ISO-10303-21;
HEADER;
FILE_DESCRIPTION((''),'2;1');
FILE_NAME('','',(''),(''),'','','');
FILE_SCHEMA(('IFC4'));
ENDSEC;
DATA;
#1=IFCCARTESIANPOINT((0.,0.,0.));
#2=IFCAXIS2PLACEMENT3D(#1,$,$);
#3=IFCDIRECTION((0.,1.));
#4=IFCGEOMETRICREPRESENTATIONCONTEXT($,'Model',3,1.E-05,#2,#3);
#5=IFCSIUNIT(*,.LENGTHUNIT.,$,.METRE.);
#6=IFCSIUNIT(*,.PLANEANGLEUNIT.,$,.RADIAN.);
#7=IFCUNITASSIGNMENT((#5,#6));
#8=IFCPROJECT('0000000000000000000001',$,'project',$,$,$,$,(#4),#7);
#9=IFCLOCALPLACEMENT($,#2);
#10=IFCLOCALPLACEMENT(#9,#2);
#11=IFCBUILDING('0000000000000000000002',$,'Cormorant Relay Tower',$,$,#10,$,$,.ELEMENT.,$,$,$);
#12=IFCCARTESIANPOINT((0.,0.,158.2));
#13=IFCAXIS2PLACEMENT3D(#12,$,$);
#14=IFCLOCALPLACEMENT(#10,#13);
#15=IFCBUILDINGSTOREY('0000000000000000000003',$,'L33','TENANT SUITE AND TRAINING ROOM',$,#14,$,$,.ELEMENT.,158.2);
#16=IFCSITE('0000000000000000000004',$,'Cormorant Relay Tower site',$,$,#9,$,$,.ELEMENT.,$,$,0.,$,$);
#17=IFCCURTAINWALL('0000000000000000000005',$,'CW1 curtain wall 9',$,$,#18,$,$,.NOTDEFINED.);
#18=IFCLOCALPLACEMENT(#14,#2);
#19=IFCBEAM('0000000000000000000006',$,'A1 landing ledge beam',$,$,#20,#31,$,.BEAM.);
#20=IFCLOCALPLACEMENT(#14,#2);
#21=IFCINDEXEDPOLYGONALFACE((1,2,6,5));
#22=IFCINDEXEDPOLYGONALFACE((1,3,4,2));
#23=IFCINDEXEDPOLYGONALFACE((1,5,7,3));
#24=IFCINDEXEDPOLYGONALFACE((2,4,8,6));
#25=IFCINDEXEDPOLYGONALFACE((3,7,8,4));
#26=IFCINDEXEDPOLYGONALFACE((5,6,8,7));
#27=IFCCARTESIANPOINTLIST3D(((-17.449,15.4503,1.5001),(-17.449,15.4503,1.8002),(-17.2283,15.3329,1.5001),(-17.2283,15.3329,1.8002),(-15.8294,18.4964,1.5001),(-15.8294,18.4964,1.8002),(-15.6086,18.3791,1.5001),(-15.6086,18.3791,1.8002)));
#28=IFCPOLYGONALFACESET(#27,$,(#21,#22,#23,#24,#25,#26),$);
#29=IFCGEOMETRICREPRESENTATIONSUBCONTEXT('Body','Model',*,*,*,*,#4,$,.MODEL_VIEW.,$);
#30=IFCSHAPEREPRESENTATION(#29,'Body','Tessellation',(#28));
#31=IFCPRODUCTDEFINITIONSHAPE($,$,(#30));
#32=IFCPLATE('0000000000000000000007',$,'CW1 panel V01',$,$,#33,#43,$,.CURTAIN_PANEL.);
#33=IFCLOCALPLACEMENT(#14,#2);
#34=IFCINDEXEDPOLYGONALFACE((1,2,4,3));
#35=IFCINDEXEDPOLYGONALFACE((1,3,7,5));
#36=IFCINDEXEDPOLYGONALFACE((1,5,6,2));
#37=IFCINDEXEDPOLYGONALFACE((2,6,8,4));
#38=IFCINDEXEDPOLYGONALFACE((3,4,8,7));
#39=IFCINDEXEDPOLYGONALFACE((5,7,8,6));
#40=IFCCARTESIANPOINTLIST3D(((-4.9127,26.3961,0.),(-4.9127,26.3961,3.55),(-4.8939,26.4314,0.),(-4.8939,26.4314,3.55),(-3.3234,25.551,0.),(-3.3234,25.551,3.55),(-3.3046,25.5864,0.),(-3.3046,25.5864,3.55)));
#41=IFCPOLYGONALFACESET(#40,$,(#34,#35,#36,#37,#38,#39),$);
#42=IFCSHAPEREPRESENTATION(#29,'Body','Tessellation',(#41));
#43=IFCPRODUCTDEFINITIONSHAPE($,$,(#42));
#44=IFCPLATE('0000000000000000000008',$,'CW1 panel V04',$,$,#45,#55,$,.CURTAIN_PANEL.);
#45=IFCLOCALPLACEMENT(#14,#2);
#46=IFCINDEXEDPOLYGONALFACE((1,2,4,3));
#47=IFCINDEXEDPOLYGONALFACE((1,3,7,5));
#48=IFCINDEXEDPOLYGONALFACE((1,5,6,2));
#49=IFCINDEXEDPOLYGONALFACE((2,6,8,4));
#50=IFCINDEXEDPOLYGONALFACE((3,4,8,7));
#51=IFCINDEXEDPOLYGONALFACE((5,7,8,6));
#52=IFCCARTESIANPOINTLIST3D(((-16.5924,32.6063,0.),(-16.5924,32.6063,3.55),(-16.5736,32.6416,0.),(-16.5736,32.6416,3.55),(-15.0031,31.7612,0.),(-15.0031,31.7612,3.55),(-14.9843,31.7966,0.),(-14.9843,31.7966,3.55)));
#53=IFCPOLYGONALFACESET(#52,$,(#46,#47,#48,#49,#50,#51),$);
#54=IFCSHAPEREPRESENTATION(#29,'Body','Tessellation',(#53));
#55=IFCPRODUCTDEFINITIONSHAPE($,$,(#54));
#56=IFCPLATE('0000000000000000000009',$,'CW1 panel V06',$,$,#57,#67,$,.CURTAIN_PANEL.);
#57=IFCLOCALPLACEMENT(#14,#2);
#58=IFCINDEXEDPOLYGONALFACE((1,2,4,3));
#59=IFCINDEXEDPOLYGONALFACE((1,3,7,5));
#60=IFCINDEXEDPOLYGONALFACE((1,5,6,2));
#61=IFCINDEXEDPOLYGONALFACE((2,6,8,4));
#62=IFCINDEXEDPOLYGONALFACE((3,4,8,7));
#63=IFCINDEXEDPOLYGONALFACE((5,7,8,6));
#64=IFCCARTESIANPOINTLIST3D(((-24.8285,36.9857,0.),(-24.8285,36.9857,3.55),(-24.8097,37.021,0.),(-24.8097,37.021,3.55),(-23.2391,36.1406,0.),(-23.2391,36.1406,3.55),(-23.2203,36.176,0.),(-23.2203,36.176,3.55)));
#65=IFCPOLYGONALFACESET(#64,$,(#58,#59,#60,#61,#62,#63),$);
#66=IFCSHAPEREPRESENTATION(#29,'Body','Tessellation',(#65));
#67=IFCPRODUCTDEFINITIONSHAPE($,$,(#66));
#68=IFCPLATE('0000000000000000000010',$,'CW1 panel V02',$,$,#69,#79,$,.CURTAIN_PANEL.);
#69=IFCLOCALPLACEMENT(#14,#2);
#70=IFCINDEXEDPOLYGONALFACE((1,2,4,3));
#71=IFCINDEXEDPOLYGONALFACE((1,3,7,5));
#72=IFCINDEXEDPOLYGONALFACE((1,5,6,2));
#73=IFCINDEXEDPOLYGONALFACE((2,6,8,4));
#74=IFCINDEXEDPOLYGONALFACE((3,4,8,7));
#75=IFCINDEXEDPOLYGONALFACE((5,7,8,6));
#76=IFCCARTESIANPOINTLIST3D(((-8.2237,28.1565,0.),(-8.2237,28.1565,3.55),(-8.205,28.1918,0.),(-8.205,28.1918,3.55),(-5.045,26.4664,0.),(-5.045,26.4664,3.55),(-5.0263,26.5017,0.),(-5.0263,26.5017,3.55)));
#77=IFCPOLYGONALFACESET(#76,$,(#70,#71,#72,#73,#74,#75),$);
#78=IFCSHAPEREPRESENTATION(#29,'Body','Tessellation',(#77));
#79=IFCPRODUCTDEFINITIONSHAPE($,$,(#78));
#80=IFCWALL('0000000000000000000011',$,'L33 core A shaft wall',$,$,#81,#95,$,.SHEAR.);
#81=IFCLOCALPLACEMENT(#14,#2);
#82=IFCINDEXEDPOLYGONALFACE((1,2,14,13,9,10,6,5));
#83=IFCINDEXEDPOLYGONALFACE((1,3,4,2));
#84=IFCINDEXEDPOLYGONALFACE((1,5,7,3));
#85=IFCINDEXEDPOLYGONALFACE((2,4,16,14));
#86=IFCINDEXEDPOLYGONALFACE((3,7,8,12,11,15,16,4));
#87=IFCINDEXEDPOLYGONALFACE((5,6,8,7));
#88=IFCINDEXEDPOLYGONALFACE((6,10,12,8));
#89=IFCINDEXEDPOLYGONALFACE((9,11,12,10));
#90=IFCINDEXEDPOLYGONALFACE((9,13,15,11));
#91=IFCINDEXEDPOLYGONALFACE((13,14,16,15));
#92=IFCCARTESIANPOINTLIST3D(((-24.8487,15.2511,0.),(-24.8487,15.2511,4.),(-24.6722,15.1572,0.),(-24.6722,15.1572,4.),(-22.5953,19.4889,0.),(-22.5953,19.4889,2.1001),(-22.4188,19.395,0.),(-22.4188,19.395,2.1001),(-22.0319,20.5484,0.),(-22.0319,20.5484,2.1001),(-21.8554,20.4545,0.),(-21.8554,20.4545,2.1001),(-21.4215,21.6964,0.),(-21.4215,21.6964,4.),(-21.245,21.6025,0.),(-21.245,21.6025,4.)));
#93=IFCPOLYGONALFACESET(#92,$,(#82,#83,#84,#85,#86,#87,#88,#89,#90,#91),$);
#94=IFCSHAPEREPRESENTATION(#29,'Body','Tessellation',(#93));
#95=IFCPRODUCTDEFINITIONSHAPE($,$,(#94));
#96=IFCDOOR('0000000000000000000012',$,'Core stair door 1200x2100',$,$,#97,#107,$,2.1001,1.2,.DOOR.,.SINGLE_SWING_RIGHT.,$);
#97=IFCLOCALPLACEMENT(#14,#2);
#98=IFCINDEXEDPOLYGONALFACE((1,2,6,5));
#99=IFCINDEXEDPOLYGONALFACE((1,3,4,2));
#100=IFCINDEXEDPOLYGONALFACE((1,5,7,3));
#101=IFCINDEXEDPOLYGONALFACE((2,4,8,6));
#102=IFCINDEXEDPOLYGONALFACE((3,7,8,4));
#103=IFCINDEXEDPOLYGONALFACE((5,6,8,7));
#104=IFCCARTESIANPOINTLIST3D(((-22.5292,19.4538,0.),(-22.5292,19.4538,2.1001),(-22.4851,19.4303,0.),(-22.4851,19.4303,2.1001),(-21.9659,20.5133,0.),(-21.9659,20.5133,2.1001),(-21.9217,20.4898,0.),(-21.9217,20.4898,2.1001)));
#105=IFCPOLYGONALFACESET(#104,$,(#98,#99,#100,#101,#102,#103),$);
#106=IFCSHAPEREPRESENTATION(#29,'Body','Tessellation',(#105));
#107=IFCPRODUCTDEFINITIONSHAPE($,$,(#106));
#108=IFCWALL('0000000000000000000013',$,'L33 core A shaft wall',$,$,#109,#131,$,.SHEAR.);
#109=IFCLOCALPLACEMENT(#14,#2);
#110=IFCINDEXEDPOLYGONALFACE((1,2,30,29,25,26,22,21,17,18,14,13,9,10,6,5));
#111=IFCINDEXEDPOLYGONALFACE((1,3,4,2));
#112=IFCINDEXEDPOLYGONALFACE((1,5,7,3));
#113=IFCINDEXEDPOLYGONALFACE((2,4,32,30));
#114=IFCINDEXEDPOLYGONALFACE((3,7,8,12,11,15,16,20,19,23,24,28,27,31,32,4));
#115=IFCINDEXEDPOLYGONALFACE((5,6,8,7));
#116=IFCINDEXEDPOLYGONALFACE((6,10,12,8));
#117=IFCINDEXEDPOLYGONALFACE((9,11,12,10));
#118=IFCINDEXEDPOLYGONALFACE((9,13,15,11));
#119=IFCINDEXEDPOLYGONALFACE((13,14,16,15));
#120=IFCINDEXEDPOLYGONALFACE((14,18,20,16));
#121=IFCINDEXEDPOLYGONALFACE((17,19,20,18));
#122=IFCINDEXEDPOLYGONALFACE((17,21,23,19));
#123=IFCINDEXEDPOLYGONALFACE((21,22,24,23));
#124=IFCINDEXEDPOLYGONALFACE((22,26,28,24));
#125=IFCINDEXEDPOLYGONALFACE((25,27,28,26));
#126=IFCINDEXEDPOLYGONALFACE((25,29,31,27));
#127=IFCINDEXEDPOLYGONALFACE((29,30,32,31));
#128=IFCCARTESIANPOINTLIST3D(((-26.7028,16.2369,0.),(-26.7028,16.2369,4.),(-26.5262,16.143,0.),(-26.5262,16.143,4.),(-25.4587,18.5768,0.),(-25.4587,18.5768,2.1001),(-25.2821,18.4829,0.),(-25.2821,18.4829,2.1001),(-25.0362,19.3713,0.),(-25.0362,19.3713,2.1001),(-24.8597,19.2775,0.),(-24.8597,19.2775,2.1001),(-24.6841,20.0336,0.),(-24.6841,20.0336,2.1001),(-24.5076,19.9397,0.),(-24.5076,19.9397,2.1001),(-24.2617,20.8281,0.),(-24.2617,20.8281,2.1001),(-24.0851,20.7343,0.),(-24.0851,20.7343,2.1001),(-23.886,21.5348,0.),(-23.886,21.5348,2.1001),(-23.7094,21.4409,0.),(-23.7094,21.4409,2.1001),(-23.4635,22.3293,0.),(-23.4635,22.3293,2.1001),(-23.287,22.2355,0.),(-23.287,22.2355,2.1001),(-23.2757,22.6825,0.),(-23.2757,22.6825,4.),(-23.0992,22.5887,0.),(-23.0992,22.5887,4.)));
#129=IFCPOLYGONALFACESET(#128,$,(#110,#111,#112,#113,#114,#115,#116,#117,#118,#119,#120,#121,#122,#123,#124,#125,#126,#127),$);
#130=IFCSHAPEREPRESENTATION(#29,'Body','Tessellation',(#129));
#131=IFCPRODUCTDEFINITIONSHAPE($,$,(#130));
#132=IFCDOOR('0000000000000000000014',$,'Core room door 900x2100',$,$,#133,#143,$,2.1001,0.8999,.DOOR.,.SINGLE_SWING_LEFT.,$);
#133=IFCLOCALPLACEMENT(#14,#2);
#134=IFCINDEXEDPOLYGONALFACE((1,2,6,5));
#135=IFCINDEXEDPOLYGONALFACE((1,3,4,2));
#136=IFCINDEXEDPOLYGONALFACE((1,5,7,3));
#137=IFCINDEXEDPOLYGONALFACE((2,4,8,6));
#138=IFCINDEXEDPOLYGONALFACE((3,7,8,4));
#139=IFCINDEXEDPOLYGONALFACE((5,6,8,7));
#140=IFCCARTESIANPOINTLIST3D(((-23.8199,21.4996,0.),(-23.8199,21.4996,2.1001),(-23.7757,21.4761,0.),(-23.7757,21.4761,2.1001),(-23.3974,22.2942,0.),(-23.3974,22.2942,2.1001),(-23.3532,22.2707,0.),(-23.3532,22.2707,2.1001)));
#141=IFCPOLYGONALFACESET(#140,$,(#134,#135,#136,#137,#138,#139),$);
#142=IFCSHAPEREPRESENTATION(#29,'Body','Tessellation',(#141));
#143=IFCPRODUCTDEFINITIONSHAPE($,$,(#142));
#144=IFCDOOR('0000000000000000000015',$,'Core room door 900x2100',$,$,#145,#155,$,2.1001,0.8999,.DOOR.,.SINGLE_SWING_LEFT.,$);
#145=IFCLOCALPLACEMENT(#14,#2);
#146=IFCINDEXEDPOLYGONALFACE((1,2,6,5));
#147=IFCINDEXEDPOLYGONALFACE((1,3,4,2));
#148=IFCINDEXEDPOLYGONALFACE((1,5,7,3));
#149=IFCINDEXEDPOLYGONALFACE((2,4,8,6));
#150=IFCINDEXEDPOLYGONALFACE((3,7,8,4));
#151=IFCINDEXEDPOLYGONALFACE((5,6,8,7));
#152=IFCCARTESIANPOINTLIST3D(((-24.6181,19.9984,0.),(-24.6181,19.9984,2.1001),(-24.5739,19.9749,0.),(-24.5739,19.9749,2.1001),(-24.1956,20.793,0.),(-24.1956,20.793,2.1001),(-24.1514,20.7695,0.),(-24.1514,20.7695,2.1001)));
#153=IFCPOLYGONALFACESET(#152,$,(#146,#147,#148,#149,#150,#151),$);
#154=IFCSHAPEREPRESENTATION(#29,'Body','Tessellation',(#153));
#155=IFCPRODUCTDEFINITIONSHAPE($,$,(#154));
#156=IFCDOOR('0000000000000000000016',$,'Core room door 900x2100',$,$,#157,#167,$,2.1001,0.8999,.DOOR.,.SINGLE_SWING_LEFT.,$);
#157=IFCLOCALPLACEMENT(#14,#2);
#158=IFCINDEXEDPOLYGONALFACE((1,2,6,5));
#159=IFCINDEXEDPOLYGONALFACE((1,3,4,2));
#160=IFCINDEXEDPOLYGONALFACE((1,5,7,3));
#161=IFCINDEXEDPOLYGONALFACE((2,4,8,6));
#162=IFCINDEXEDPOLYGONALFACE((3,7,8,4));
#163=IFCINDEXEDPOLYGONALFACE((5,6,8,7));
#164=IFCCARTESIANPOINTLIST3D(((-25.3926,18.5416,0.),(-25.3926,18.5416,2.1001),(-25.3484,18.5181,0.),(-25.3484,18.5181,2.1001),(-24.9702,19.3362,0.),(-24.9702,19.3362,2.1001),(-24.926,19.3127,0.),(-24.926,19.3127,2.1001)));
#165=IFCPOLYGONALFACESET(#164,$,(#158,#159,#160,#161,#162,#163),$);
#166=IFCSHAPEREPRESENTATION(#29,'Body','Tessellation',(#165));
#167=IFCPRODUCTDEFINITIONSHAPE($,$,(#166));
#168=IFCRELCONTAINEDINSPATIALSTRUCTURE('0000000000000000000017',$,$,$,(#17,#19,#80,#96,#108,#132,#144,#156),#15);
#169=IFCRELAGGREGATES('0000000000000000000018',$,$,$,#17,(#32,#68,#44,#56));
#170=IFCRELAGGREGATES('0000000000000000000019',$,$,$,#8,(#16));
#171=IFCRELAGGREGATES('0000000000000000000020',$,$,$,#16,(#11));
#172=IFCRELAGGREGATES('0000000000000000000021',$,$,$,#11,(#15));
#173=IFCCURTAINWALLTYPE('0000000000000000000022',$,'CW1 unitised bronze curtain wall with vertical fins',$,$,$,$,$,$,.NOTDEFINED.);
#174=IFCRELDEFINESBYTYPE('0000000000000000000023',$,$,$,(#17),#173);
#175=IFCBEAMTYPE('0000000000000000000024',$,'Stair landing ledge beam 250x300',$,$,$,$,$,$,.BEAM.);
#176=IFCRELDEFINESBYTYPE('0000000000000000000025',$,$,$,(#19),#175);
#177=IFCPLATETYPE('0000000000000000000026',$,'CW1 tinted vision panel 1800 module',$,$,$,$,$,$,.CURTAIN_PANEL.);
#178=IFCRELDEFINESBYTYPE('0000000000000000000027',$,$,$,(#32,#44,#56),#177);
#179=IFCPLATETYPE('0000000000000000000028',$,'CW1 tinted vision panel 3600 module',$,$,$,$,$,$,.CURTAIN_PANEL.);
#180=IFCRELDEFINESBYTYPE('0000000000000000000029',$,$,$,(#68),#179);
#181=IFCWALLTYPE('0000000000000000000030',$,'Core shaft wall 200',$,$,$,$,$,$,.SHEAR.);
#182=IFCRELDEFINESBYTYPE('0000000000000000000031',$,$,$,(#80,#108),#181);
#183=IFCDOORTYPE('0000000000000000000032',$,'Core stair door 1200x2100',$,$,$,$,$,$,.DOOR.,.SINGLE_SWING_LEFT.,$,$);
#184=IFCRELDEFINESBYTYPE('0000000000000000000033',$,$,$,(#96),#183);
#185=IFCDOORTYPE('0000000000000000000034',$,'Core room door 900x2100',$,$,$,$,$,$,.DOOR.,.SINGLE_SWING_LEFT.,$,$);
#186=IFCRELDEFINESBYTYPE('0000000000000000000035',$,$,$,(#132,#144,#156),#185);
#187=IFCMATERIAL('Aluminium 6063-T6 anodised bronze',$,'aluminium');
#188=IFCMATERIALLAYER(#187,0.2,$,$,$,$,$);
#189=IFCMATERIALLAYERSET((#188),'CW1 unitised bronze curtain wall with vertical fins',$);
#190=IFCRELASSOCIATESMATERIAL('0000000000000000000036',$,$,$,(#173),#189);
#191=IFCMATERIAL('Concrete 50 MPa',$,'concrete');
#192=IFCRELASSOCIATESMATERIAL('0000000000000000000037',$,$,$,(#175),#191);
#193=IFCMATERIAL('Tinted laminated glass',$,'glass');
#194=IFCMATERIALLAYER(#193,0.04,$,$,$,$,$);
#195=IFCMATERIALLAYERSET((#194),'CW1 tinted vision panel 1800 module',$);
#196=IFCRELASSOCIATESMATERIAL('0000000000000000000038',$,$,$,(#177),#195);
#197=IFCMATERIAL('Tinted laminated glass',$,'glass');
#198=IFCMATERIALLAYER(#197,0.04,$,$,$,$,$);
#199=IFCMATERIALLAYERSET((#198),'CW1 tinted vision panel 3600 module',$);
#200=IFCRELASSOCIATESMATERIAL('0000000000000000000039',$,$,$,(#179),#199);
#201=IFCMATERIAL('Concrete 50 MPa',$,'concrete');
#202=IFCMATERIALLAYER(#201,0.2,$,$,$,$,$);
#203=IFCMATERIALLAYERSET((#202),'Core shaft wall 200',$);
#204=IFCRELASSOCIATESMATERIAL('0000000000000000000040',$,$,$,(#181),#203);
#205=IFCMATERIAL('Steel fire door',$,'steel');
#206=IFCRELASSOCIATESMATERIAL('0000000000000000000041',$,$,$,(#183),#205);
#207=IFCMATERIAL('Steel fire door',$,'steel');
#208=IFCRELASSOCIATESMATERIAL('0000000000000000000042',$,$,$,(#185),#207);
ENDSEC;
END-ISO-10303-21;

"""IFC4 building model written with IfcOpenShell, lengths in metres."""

from ifc_helpers import new_model, si_unit, direction, frame, frame_2d, origin, origin_2d, place, context, subcontext, project, spatial, rectangle, extrude, material, layer, layer_set, material_profile, profile_set, type_object, element, fill, aggregate, save


model = new_model("IFC4")

# Units and contexts
model_context = context("Model", 3, precision=1e-05, world=origin(), true_north=direction((0.0, 1.0)))
body_context = subcontext(model_context, "Body", "Model", "MODEL_VIEW")
ifc_project = project(units=[si_unit("LENGTHUNIT", "METRE"), si_unit("PLANEANGLEUNIT", "RADIAN")], contexts=[model_context])

# Site, building, storey
site_placement = place(None, origin())
site = spatial("IfcSite", under=ifc_project, at=site_placement, Name="Cormorant Relay Tower site", CompositionType="ELEMENT", RefElevation=0.0)
building_placement = place(site_placement, origin())
building = spatial("IfcBuilding", under=site, at=building_placement, Name="Cormorant Relay Tower", CompositionType="ELEMENT")
storey_placement = place(building_placement, frame((0.0, 0.0, 158.2)))
storey = spatial("IfcBuildingStorey", under=building, at=storey_placement, Name="L33", Description="TENANT SUITE AND TRAINING ROOM", CompositionType="ELEMENT", Elevation=158.2)

# Curtain wall
ifc_material_1 = material(Name="Aluminium 6063-T6 anodised bronze", Category="aluminium")
ifc_layer_1 = layer(ifc_material_1, 0.2)
ifc_layer_set_1 = layer_set([ifc_layer_1], Name="CW1 unitised bronze curtain wall with vertical fins")
curtain_wall_type = type_object("IfcCurtainWallType", Name="CW1 unitised bronze curtain wall with vertical fins", PredefinedType="NOTDEFINED", material=ifc_layer_set_1)
curtain_wall_placement = place(storey_placement, origin())
curtain_wall = element("IfcCurtainWall", 1, at=curtain_wall_placement, inside=storey, type_object=curtain_wall_type, Name="CW1 curtain wall 9", PredefinedType="NOTDEFINED")

# Beam
ifc_material_2 = material(Name="Concrete 50 MPa", Category="concrete")
ifc_material_profile_1 = material_profile(ifc_material_2, rectangle(XDim=0.25, YDim=0.3, at=origin_2d()), Name="RC 250x300")
ifc_profile_set_1 = profile_set([ifc_material_profile_1], Name="Concrete 50 MPa")
beam_type_1 = type_object("IfcBeamType", Name="Stair landing ledge beam 250x300", PredefinedType="BEAM", material=ifc_profile_set_1)
beam_1_placement = place(storey_placement, frame((-17.3386, 15.3916, 1.6501), z_axis=(0.469464, 0.882952, 0.0), x_axis=(-0.882952, 0.469464, 0.0)))
element("IfcBeam", 2, at=beam_1_placement, inside=storey, type_object=beam_type_1, Name="A1 landing ledge beam", PredefinedType="BEAM", context=body_context, shape_type="SweptSolid", body=[
    extrude(rectangle(XDim=0.25, YDim=0.3, at=origin_2d()), origin(), (0.0, 0.0, 1.0), 3.45),
])

# Plates
ifc_material_3 = material(Name="Tinted laminated glass", Category="glass")
ifc_layer_2 = layer(ifc_material_3, 0.04)
ifc_layer_set_2 = layer_set([ifc_layer_2], Name="CW1 tinted vision panel 1800 module")
plate_type_1 = type_object("IfcPlateType", Name="CW1 tinted vision panel 1800 module", PredefinedType="CURTAIN_PANEL", material=ifc_layer_set_2)
plate_1_placement = place(storey_placement, frame((-4.1086, 25.9912, 0.0), z_axis=(0.0, 0.0, 1.0), x_axis=(-0.882948, 0.469472, 0.0)))
plate_1 = element("IfcPlate", 3, at=plate_1_placement, type_object=plate_type_1, Name="CW1 panel V01", PredefinedType="CURTAIN_PANEL", context=body_context, shape_type="SweptSolid", body=[
    extrude(rectangle(XDim=1.8, YDim=0.04, at=origin_2d()), origin(), (0.0, 0.0, 1.0), 3.55),
])
plate_2_placement = place(storey_placement, frame((-15.7883, 32.2014, 0.0), z_axis=(0.0, 0.0, 1.0), x_axis=(-0.882948, 0.469472, 0.0)))
plate_2 = element("IfcPlate", 4, at=plate_2_placement, type_object=plate_type_1, Name="CW1 panel V04", PredefinedType="CURTAIN_PANEL", context=body_context, shape_type="SweptSolid", body=[
    extrude(rectangle(XDim=1.8, YDim=0.04, at=origin_2d()), origin(), (0.0, 0.0, 1.0), 3.55),
])
plate_3_placement = place(storey_placement, frame((-24.0244, 36.5808, 0.0), z_axis=(0.0, 0.0, 1.0), x_axis=(-0.882948, 0.469472, 0.0)))
plate_3 = element("IfcPlate", 5, at=plate_3_placement, type_object=plate_type_1, Name="CW1 panel V06", PredefinedType="CURTAIN_PANEL", context=body_context, shape_type="SweptSolid", body=[
    extrude(rectangle(XDim=1.8, YDim=0.04, at=origin_2d()), origin(), (0.0, 0.0, 1.0), 3.55),
])
ifc_material_4 = material(Name="Tinted laminated glass", Category="glass")
ifc_layer_3 = layer(ifc_material_4, 0.04)
ifc_layer_set_3 = layer_set([ifc_layer_3], Name="CW1 tinted vision panel 3600 module")
plate_type_2 = type_object("IfcPlateType", Name="CW1 tinted vision panel 3600 module", PredefinedType="CURTAIN_PANEL", material=ifc_layer_set_3)
plate_4_placement = place(storey_placement, frame((-6.625, 27.3291, 0.0), z_axis=(0.0, 0.0, 1.0), x_axis=(-0.882948, 0.469472, 0.0)))
plate_4 = element("IfcPlate", 6, at=plate_4_placement, type_object=plate_type_2, Name="CW1 panel V02", PredefinedType="CURTAIN_PANEL", context=body_context, shape_type="SweptSolid", body=[
    extrude(rectangle(XDim=3.6001, YDim=0.04, at=origin_2d()), origin(), (0.0, 0.0, 1.0), 3.55),
])

# Wall, opening, door
ifc_material_5 = material(Name="Concrete 50 MPa", Category="concrete")
ifc_layer_4 = layer(ifc_material_5, 0.2)
ifc_layer_set_4 = layer_set([ifc_layer_4], Name="Core shaft wall 200")
wall_type_1 = type_object("IfcWallType", Name="Core shaft wall 200", PredefinedType="SHEAR", material=ifc_layer_set_4)
wall_1_placement = place(storey_placement, frame((-21.3333, 21.6494, 0.0), z_axis=(0.0, 0.0, 1.0), x_axis=(-0.469494, -0.882936, 0.0)))
wall_1 = element("IfcWall", 7, at=wall_1_placement, inside=storey, type_object=wall_type_1, Name="L33 core A shaft wall", PredefinedType="SHEAR", context=body_context, shape_type="SweptSolid", body=[
    extrude(rectangle(XDim=7.2998, YDim=0.2, at=frame_2d((3.6499, 0.0))), origin(), (0.0, 0.0, 1.0), 4.0),
])
opening_1_placement = place(wall_1_placement, frame((1.3, 0.0, 0.0)))
opening_1 = element("IfcOpeningElement", 8, at=opening_1_placement, cuts=wall_1, PredefinedType="OPENING", context=body_context, shape_type="SweptSolid", body=[
    extrude(rectangle(XDim=1.2, YDim=2.1001, at=frame_2d((0.6001, 1.05))), frame((0.0, 0.1099, 0.0), z_axis=(0.0, -1.0, 0.0), x_axis=(1.0, 0.0, 0.0)), (0.0, 0.0, 1.0), 0.22),
])
ifc_material_6 = material(Name="Steel fire door", Category="steel")
door_type_1 = type_object("IfcDoorType", Name="Core stair door 1200x2100", OperationType="SINGLE_SWING_LEFT", PredefinedType="DOOR", material=ifc_material_6)
door_1_placement = place(opening_1_placement, origin())
door_1 = element("IfcDoor", 9, at=door_1_placement, inside=storey, type_object=door_type_1, Name="Core stair door 1200x2100", OperationType="SINGLE_SWING_RIGHT", OverallHeight=2.1001, OverallWidth=1.2, PredefinedType="DOOR", context=body_context, shape_type="SweptSolid", body=[
    extrude(rectangle(XDim=1.2, YDim=2.1001, at=frame_2d((0.6001, 1.05))), frame((0.0, 0.0249, 0.0), z_axis=(0.0, -1.0, 0.0), x_axis=(1.0, 0.0, 0.0)), (0.0, 0.0, 1.0), 0.05),
])
fill(opening_1, door_1)

# Wall, openings, doors
wall_2_placement = place(storey_placement, frame((-23.1875, 22.6355, 0.0), z_axis=(0.0, 0.0, 1.0), x_axis=(-0.469454, -0.882957, 0.0)))
wall_2 = element("IfcWall", 10, at=wall_2_placement, inside=storey, type_object=wall_type_1, Name="L33 core A shaft wall", PredefinedType="SHEAR", context=body_context, shape_type="SweptSolid", body=[
    extrude(rectangle(XDim=7.3, YDim=0.2, at=frame_2d((3.6499, 0.0))), origin(), (0.0, 0.0, 1.0), 4.0),
])
opening_2_placement = place(wall_2_placement, frame((0.3999, 0.0, 0.0)))
opening_2 = element("IfcOpeningElement", 11, at=opening_2_placement, cuts=wall_2, PredefinedType="OPENING", context=body_context, shape_type="SweptSolid", body=[
    extrude(rectangle(XDim=0.8999, YDim=2.1001, at=frame_2d((0.45, 1.05))), frame((0.0, 0.1099, 0.0), z_axis=(0.0, -1.0, 0.0), x_axis=(1.0, 0.0, 0.0)), (0.0, 0.0, 1.0), 0.22),
])
opening_3_placement = place(wall_2_placement, frame((2.1001, 0.0, 0.0)))
opening_3 = element("IfcOpeningElement", 12, at=opening_3_placement, cuts=wall_2, PredefinedType="OPENING", context=body_context, shape_type="SweptSolid", body=[
    extrude(rectangle(XDim=0.8999, YDim=2.1001, at=frame_2d((0.45, 1.05))), frame((0.0, 0.1099, 0.0), z_axis=(0.0, -1.0, 0.0), x_axis=(1.0, 0.0, 0.0)), (0.0, 0.0, 1.0), 0.22),
])
opening_4_placement = place(wall_2_placement, frame((3.75, 0.0, 0.0)))
opening_4 = element("IfcOpeningElement", 13, at=opening_4_placement, cuts=wall_2, PredefinedType="OPENING", context=body_context, shape_type="SweptSolid", body=[
    extrude(rectangle(XDim=0.8999, YDim=2.1001, at=frame_2d((0.45, 1.05))), frame((0.0, 0.1099, 0.0), z_axis=(0.0, -1.0, 0.0), x_axis=(1.0, 0.0, 0.0)), (0.0, 0.0, 1.0), 0.22),
])
ifc_material_7 = material(Name="Steel fire door", Category="steel")
door_type_2 = type_object("IfcDoorType", Name="Core room door 900x2100", OperationType="SINGLE_SWING_LEFT", PredefinedType="DOOR", material=ifc_material_7)
door_2_placement = place(opening_2_placement, origin())
door_2 = element("IfcDoor", 14, at=door_2_placement, inside=storey, type_object=door_type_2, Name="Core room door 900x2100", OperationType="SINGLE_SWING_LEFT", OverallHeight=2.1001, OverallWidth=0.8999, PredefinedType="DOOR", context=body_context, shape_type="SweptSolid", body=[
    extrude(rectangle(XDim=0.8999, YDim=2.1001, at=frame_2d((0.45, 1.05))), frame((0.0, 0.0249, 0.0), z_axis=(0.0, -1.0, 0.0), x_axis=(1.0, 0.0, 0.0)), (0.0, 0.0, 1.0), 0.05),
])
fill(opening_2, door_2)
door_3_placement = place(opening_3_placement, origin())
door_3 = element("IfcDoor", 15, at=door_3_placement, inside=storey, type_object=door_type_2, Name="Core room door 900x2100", OperationType="SINGLE_SWING_LEFT", OverallHeight=2.1001, OverallWidth=0.8999, PredefinedType="DOOR", context=body_context, shape_type="SweptSolid", body=[
    extrude(rectangle(XDim=0.8999, YDim=2.1001, at=frame_2d((0.45, 1.05))), frame((0.0, 0.0249, 0.0), z_axis=(0.0, -1.0, 0.0), x_axis=(1.0, 0.0, 0.0)), (0.0, 0.0, 1.0), 0.05),
])
fill(opening_3, door_3)
door_4_placement = place(opening_4_placement, origin())
door_4 = element("IfcDoor", 16, at=door_4_placement, inside=storey, type_object=door_type_2, Name="Core room door 900x2100", OperationType="SINGLE_SWING_LEFT", OverallHeight=2.1001, OverallWidth=0.8999, PredefinedType="DOOR", context=body_context, shape_type="SweptSolid", body=[
    extrude(rectangle(XDim=0.8999, YDim=2.1001, at=frame_2d((0.45, 1.05))), frame((0.0, 0.0249, 0.0), z_axis=(0.0, -1.0, 0.0), x_axis=(1.0, 0.0, 0.0)), (0.0, 0.0, 1.0), 0.05),
])
fill(opening_4, door_4)

aggregate(curtain_wall, [plate_1, plate_4, plate_2, plate_3])

save(model, "model.ifc")
